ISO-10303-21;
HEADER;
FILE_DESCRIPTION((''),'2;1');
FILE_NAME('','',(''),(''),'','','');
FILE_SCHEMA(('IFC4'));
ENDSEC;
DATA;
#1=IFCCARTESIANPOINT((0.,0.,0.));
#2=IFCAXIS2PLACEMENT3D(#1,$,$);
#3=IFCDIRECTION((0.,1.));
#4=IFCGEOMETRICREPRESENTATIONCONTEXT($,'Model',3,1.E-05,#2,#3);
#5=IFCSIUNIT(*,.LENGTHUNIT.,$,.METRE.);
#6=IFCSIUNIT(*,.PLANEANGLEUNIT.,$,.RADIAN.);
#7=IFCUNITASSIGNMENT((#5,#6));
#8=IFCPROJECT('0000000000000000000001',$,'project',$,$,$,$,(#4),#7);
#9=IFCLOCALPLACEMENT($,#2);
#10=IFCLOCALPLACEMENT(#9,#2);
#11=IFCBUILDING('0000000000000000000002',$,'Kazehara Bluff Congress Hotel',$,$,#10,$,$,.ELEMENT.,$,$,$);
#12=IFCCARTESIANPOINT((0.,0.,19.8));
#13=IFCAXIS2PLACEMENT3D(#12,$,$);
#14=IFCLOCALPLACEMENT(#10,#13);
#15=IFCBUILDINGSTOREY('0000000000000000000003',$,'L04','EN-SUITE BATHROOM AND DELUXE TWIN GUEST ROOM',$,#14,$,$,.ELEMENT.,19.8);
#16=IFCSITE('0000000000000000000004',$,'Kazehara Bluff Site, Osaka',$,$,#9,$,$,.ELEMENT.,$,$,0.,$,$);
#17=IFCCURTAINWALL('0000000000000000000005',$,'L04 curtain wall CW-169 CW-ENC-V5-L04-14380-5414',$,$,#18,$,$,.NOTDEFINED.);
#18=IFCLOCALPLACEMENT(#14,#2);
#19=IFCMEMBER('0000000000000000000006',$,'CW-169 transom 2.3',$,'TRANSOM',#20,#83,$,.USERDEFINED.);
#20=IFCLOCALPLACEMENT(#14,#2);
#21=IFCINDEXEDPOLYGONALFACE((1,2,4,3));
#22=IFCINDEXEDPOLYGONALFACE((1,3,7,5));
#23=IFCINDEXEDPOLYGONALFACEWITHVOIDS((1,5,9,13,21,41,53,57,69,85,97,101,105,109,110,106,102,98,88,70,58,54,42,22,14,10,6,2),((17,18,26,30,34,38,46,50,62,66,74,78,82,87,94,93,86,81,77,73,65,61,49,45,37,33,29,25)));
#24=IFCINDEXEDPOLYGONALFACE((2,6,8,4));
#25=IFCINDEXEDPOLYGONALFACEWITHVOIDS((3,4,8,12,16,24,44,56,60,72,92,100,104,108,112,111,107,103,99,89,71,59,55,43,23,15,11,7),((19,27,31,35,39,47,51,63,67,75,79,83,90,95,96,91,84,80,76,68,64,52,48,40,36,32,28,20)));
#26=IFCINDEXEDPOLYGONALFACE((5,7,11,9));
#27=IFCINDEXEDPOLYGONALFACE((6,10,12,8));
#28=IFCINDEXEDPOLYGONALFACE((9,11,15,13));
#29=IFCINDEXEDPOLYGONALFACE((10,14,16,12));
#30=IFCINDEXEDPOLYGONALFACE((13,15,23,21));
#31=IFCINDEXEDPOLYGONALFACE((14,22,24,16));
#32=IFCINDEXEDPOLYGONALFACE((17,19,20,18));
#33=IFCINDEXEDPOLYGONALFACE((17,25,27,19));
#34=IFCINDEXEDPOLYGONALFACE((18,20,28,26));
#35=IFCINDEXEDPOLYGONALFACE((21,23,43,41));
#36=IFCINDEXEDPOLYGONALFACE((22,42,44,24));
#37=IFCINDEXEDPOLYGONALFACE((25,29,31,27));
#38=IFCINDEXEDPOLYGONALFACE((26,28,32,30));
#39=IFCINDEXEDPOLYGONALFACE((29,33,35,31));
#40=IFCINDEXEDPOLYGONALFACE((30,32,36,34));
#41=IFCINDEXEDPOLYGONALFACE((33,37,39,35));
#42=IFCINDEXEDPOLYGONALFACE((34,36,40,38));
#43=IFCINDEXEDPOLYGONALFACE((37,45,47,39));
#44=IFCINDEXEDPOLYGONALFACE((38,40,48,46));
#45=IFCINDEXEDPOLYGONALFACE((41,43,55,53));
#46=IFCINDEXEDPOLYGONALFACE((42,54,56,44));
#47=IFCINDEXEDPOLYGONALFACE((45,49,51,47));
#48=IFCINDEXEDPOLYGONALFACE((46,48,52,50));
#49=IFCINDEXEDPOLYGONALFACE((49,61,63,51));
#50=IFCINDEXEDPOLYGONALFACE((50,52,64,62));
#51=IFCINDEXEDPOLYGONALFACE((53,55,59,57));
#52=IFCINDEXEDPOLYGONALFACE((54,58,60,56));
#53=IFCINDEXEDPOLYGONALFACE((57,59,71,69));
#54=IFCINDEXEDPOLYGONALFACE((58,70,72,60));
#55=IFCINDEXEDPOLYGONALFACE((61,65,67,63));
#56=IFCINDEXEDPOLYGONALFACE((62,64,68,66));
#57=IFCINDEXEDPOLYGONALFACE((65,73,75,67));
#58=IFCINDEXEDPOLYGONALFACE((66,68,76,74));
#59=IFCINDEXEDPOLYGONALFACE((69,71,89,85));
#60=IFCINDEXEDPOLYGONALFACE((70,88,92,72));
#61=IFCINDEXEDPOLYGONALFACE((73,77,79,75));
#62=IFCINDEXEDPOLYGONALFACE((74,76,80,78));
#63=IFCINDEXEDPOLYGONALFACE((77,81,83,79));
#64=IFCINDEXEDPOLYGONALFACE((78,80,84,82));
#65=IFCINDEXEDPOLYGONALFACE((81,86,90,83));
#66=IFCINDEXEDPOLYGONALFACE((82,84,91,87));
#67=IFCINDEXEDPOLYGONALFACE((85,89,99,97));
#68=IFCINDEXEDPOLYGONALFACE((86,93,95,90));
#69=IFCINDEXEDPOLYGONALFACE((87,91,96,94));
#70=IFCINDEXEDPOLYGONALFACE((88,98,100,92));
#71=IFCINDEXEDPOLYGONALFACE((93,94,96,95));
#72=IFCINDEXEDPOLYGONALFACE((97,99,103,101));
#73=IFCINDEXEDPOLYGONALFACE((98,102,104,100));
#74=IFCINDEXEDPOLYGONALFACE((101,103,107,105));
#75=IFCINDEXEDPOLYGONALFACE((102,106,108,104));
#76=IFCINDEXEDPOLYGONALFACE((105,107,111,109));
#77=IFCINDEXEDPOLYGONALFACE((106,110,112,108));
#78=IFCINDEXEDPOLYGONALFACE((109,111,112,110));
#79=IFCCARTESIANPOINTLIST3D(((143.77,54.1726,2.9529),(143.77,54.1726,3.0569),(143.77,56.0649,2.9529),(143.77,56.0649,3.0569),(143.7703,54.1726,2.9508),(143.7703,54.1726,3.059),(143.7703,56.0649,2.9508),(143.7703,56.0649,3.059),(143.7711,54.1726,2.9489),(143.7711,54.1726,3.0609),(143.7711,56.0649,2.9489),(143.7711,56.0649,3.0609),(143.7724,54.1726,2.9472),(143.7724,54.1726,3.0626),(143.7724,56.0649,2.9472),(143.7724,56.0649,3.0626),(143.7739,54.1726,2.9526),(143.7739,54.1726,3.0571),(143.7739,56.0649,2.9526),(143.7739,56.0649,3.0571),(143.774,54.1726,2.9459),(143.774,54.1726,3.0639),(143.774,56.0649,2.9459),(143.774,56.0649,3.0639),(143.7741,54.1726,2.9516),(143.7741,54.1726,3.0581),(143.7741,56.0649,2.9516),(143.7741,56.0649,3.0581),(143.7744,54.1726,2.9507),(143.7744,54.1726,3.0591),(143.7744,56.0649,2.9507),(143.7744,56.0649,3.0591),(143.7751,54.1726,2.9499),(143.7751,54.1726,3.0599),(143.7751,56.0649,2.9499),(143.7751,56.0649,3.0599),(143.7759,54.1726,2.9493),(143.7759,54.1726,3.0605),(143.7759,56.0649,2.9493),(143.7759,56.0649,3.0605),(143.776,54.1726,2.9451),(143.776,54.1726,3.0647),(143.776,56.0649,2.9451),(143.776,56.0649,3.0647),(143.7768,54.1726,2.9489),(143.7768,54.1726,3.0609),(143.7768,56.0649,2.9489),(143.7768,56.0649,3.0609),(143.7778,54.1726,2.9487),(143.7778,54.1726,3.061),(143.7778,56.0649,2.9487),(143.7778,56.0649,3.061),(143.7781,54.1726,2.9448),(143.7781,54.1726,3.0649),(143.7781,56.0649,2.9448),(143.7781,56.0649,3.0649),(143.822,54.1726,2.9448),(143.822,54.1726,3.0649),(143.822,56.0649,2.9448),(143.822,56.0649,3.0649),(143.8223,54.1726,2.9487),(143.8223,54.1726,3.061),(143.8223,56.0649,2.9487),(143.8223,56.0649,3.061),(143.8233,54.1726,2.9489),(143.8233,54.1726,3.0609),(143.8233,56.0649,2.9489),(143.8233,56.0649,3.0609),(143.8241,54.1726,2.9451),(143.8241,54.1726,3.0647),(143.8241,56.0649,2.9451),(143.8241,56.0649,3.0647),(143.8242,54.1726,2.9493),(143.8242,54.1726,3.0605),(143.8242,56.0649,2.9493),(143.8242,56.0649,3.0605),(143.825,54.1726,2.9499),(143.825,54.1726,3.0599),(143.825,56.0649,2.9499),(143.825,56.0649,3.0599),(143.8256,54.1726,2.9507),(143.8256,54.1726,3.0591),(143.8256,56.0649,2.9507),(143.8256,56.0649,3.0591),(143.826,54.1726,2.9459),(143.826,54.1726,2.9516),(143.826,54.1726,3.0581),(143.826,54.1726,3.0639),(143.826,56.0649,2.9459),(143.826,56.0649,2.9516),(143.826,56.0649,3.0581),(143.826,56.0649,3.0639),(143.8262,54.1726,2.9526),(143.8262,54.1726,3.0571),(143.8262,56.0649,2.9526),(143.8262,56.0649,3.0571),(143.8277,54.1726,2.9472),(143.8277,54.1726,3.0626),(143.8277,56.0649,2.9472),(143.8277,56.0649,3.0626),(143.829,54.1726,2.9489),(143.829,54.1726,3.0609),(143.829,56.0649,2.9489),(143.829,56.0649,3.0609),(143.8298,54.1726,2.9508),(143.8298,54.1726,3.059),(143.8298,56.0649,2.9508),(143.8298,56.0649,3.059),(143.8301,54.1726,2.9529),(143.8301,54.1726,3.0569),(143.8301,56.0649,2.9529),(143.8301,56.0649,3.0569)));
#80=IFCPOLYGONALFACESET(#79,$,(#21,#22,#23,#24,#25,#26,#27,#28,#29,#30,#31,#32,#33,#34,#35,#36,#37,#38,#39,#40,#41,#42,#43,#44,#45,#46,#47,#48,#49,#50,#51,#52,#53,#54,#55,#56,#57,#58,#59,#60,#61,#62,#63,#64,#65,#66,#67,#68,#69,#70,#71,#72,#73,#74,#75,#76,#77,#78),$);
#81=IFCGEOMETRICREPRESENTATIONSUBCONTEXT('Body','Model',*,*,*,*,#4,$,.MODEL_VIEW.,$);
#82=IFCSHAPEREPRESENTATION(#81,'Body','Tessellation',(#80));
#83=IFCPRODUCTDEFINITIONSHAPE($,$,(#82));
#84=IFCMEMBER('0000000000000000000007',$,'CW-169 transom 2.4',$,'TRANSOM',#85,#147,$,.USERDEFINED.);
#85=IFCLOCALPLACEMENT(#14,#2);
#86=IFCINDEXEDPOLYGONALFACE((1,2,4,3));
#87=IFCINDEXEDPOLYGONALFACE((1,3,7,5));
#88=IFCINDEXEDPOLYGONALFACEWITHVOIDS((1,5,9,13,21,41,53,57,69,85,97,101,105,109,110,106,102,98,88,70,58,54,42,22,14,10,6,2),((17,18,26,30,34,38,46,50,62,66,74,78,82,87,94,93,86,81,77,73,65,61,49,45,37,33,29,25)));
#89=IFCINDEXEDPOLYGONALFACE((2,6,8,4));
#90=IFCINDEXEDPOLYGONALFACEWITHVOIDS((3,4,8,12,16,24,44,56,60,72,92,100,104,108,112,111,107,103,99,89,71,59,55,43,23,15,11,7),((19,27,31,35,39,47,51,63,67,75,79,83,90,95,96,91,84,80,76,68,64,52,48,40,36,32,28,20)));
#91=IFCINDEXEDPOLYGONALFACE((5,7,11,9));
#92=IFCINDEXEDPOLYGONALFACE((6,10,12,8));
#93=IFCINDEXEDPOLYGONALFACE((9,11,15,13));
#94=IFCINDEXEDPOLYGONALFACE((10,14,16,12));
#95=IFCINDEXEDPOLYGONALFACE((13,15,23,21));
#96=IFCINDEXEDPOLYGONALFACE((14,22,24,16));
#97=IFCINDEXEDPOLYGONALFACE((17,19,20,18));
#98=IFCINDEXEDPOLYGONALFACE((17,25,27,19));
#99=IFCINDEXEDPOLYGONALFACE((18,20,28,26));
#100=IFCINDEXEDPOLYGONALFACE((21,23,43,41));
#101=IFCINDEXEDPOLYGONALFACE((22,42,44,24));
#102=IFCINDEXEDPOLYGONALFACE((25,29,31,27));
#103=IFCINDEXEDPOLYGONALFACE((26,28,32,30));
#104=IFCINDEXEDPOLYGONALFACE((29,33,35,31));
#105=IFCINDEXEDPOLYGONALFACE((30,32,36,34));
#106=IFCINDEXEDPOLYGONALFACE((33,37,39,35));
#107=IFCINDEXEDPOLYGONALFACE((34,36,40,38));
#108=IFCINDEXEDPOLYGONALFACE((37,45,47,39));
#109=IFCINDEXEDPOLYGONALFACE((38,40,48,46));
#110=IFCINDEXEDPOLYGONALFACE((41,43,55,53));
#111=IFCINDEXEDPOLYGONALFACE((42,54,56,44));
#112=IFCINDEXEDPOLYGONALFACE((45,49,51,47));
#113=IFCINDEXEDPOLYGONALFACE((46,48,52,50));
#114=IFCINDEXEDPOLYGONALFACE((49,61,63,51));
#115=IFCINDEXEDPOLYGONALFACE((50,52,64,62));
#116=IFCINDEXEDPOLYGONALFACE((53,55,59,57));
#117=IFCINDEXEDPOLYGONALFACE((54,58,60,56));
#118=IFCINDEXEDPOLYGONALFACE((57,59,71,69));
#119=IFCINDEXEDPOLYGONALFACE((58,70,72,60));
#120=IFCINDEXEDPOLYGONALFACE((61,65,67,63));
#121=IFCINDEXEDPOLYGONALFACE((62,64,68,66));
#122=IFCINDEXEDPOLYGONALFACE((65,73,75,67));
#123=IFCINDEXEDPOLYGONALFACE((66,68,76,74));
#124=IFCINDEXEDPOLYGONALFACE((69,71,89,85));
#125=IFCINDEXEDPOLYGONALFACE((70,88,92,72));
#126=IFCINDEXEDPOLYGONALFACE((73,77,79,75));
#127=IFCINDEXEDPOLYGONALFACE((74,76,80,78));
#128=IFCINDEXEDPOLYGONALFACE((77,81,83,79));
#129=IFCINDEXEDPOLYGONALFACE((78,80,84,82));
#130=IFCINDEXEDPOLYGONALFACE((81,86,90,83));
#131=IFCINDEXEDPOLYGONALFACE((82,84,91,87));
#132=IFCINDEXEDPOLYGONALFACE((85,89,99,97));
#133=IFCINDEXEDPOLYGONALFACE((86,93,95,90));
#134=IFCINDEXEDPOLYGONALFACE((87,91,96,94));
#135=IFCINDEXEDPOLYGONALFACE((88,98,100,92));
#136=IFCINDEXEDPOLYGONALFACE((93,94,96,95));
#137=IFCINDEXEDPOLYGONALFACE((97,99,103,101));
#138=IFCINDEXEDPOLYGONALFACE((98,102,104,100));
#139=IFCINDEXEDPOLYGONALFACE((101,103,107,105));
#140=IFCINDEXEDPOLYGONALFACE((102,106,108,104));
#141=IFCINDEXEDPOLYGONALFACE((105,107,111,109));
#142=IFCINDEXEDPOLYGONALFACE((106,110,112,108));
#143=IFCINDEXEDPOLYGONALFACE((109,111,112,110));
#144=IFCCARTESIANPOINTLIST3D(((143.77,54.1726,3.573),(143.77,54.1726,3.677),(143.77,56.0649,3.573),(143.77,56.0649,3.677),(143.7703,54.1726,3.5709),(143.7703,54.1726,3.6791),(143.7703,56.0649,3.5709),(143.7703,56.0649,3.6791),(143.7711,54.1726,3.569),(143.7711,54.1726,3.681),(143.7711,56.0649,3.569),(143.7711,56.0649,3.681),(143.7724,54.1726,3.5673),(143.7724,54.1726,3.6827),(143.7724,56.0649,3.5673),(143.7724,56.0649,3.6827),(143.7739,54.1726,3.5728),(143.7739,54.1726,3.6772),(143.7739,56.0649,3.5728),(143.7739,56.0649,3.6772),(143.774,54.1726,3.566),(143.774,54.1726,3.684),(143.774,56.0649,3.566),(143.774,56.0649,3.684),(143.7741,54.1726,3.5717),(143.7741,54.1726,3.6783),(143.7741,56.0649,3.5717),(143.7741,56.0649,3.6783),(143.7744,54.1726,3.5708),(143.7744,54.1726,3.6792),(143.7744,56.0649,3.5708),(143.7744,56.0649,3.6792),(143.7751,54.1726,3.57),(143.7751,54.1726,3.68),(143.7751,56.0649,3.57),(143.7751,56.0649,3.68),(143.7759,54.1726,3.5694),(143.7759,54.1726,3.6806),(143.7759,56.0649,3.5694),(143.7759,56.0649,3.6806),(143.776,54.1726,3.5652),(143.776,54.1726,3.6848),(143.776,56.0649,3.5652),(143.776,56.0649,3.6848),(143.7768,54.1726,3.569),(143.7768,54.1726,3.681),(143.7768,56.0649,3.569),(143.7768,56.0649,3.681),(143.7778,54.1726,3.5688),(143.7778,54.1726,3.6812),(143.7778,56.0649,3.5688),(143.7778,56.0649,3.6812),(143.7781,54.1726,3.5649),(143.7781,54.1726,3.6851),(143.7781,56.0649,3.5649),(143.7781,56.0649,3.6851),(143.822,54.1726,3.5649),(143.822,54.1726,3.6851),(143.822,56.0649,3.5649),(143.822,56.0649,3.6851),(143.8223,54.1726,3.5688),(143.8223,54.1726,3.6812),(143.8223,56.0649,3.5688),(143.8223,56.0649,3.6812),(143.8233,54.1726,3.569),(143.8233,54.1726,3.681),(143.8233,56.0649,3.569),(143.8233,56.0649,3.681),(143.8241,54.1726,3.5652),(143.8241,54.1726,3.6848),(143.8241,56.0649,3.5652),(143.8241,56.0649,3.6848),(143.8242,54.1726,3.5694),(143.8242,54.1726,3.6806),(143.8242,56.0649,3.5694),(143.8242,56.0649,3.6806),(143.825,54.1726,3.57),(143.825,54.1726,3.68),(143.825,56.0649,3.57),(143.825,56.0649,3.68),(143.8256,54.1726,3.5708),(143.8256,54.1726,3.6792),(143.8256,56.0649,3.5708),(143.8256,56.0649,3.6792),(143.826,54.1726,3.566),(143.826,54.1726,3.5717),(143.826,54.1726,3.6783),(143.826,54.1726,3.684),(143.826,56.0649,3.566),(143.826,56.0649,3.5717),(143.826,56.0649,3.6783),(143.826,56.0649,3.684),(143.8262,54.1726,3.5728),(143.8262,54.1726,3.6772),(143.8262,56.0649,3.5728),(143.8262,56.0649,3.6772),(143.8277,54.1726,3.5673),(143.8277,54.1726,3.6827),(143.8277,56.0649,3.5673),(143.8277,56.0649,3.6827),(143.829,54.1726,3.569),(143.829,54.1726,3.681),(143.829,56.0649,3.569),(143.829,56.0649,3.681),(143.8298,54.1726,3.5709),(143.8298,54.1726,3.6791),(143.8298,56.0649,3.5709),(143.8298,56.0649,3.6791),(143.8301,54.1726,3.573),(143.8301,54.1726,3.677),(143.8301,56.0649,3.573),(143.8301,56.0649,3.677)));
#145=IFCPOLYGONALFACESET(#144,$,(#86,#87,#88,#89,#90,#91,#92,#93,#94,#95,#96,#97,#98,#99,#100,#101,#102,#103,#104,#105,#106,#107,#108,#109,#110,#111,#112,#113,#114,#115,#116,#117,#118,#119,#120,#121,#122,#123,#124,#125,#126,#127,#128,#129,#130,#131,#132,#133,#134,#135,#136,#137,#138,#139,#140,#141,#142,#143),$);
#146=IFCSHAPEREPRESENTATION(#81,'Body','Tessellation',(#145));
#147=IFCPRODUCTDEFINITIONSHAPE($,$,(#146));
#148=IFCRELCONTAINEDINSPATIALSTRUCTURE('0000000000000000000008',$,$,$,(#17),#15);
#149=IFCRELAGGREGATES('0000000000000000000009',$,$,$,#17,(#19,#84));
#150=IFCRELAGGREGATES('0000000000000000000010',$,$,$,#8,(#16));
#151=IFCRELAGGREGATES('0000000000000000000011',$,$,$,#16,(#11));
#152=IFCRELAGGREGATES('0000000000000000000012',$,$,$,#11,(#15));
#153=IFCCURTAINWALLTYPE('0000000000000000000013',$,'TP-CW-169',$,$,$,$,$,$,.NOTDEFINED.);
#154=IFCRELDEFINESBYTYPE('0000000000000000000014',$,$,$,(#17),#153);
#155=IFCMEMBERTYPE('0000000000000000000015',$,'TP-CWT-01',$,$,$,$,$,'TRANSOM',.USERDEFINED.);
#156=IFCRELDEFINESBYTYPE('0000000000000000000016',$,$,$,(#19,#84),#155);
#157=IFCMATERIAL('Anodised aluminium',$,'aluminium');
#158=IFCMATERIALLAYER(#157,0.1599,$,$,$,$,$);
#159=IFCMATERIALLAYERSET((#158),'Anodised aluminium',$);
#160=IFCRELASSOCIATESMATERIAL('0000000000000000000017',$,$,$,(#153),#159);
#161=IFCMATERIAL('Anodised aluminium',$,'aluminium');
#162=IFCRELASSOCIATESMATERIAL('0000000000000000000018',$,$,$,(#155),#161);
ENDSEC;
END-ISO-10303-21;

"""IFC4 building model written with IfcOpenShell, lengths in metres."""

from ifc_helpers import new_model, si_unit, direction, frame, origin, origin_2d, place, context, subcontext, project, spatial, hollow_rectangle, extrude, material, layer, layer_set, material_profile, profile_set, type_object, element, aggregate, save


model = new_model("IFC4")

# Units and contexts
model_context = context("Model", 3, precision=1e-05, world=origin(), true_north=direction((0.0, 1.0)))
body_context = subcontext(model_context, "Body", "Model", "MODEL_VIEW")
ifc_project = project(units=[si_unit("LENGTHUNIT", "METRE"), si_unit("PLANEANGLEUNIT", "RADIAN")], contexts=[model_context])

# Site, building, storey
site_placement = place(None, origin())
site = spatial("IfcSite", under=ifc_project, at=site_placement, Name="Kazehara Bluff Site, Osaka", CompositionType="ELEMENT", RefElevation=0.0)
building_placement = place(site_placement, origin())
building = spatial("IfcBuilding", under=site, at=building_placement, Name="Kazehara Bluff Congress Hotel", CompositionType="ELEMENT")
storey_placement = place(building_placement, frame((0.0, 0.0, 19.8)))
storey = spatial("IfcBuildingStorey", under=building, at=storey_placement, Name="L04", Description="EN-SUITE BATHROOM AND DELUXE TWIN GUEST ROOM", CompositionType="ELEMENT", Elevation=19.8)

# Curtain wall
ifc_material_1 = material(Name="Anodised aluminium", Category="aluminium")
ifc_layer_1 = layer(ifc_material_1, 0.1599)
ifc_layer_set_1 = layer_set([ifc_layer_1], Name="Anodised aluminium")
curtain_wall_type_1 = type_object("IfcCurtainWallType", Name="TP-CW-169", PredefinedType="NOTDEFINED", material=ifc_layer_set_1)
curtain_wall_1_placement = place(storey_placement, origin())
curtain_wall_1 = element("IfcCurtainWall", 1, at=curtain_wall_1_placement, inside=storey, type_object=curtain_wall_type_1, Name="L04 curtain wall CW-169 CW-ENC-V5-L04-14380-5414", PredefinedType="NOTDEFINED")

# Members
ifc_material_2 = material(Name="Anodised aluminium", Category="aluminium")
ifc_material_profile_1 = material_profile(ifc_material_2, hollow_rectangle(XDim=0.0601, YDim=0.1201, WallThickness=0.0039, InnerFilletRadius=0.0039, OuterFilletRadius=0.0081, at=origin_2d()))
ifc_profile_set_1 = profile_set([ifc_material_profile_1], Name="Anodised aluminium")
member_type_1 = type_object("IfcMemberType", Name="TP-CWT-01", ElementType="TRANSOM", PredefinedType="USERDEFINED", material=ifc_profile_set_1)
member_1_placement = place(storey_placement, frame((143.8, 54.1726, 3.0049), z_axis=(0.0, 1.0, 0.0), x_axis=(-1.0, 0.0, 0.0)))
member_1 = element("IfcMember", 2, at=member_1_placement, type_object=member_type_1, Name="CW-169 transom 2.3", ObjectType="TRANSOM", PredefinedType="USERDEFINED", context=body_context, shape_type="SweptSolid", body=[
    extrude(hollow_rectangle(XDim=0.0601, YDim=0.1201, WallThickness=0.0039, InnerFilletRadius=0.0039, OuterFilletRadius=0.0081, at=origin_2d()), origin(), (0.0, 0.0, 1.0), 1.8923),
])
member_2_placement = place(storey_placement, frame((143.8, 54.1726, 3.625), z_axis=(0.0, 1.0, 0.0), x_axis=(-1.0, 0.0, 0.0)))
member_2 = element("IfcMember", 3, at=member_2_placement, type_object=member_type_1, Name="CW-169 transom 2.4", ObjectType="TRANSOM", PredefinedType="USERDEFINED", context=body_context, shape_type="SweptSolid", body=[
    extrude(hollow_rectangle(XDim=0.0601, YDim=0.1201, WallThickness=0.0039, InnerFilletRadius=0.0039, OuterFilletRadius=0.0081, at=origin_2d()), origin(), (0.0, 0.0, 1.0), 1.8923),
])

aggregate(curtain_wall_1, [member_1, member_2])

save(model, "model.ifc")
